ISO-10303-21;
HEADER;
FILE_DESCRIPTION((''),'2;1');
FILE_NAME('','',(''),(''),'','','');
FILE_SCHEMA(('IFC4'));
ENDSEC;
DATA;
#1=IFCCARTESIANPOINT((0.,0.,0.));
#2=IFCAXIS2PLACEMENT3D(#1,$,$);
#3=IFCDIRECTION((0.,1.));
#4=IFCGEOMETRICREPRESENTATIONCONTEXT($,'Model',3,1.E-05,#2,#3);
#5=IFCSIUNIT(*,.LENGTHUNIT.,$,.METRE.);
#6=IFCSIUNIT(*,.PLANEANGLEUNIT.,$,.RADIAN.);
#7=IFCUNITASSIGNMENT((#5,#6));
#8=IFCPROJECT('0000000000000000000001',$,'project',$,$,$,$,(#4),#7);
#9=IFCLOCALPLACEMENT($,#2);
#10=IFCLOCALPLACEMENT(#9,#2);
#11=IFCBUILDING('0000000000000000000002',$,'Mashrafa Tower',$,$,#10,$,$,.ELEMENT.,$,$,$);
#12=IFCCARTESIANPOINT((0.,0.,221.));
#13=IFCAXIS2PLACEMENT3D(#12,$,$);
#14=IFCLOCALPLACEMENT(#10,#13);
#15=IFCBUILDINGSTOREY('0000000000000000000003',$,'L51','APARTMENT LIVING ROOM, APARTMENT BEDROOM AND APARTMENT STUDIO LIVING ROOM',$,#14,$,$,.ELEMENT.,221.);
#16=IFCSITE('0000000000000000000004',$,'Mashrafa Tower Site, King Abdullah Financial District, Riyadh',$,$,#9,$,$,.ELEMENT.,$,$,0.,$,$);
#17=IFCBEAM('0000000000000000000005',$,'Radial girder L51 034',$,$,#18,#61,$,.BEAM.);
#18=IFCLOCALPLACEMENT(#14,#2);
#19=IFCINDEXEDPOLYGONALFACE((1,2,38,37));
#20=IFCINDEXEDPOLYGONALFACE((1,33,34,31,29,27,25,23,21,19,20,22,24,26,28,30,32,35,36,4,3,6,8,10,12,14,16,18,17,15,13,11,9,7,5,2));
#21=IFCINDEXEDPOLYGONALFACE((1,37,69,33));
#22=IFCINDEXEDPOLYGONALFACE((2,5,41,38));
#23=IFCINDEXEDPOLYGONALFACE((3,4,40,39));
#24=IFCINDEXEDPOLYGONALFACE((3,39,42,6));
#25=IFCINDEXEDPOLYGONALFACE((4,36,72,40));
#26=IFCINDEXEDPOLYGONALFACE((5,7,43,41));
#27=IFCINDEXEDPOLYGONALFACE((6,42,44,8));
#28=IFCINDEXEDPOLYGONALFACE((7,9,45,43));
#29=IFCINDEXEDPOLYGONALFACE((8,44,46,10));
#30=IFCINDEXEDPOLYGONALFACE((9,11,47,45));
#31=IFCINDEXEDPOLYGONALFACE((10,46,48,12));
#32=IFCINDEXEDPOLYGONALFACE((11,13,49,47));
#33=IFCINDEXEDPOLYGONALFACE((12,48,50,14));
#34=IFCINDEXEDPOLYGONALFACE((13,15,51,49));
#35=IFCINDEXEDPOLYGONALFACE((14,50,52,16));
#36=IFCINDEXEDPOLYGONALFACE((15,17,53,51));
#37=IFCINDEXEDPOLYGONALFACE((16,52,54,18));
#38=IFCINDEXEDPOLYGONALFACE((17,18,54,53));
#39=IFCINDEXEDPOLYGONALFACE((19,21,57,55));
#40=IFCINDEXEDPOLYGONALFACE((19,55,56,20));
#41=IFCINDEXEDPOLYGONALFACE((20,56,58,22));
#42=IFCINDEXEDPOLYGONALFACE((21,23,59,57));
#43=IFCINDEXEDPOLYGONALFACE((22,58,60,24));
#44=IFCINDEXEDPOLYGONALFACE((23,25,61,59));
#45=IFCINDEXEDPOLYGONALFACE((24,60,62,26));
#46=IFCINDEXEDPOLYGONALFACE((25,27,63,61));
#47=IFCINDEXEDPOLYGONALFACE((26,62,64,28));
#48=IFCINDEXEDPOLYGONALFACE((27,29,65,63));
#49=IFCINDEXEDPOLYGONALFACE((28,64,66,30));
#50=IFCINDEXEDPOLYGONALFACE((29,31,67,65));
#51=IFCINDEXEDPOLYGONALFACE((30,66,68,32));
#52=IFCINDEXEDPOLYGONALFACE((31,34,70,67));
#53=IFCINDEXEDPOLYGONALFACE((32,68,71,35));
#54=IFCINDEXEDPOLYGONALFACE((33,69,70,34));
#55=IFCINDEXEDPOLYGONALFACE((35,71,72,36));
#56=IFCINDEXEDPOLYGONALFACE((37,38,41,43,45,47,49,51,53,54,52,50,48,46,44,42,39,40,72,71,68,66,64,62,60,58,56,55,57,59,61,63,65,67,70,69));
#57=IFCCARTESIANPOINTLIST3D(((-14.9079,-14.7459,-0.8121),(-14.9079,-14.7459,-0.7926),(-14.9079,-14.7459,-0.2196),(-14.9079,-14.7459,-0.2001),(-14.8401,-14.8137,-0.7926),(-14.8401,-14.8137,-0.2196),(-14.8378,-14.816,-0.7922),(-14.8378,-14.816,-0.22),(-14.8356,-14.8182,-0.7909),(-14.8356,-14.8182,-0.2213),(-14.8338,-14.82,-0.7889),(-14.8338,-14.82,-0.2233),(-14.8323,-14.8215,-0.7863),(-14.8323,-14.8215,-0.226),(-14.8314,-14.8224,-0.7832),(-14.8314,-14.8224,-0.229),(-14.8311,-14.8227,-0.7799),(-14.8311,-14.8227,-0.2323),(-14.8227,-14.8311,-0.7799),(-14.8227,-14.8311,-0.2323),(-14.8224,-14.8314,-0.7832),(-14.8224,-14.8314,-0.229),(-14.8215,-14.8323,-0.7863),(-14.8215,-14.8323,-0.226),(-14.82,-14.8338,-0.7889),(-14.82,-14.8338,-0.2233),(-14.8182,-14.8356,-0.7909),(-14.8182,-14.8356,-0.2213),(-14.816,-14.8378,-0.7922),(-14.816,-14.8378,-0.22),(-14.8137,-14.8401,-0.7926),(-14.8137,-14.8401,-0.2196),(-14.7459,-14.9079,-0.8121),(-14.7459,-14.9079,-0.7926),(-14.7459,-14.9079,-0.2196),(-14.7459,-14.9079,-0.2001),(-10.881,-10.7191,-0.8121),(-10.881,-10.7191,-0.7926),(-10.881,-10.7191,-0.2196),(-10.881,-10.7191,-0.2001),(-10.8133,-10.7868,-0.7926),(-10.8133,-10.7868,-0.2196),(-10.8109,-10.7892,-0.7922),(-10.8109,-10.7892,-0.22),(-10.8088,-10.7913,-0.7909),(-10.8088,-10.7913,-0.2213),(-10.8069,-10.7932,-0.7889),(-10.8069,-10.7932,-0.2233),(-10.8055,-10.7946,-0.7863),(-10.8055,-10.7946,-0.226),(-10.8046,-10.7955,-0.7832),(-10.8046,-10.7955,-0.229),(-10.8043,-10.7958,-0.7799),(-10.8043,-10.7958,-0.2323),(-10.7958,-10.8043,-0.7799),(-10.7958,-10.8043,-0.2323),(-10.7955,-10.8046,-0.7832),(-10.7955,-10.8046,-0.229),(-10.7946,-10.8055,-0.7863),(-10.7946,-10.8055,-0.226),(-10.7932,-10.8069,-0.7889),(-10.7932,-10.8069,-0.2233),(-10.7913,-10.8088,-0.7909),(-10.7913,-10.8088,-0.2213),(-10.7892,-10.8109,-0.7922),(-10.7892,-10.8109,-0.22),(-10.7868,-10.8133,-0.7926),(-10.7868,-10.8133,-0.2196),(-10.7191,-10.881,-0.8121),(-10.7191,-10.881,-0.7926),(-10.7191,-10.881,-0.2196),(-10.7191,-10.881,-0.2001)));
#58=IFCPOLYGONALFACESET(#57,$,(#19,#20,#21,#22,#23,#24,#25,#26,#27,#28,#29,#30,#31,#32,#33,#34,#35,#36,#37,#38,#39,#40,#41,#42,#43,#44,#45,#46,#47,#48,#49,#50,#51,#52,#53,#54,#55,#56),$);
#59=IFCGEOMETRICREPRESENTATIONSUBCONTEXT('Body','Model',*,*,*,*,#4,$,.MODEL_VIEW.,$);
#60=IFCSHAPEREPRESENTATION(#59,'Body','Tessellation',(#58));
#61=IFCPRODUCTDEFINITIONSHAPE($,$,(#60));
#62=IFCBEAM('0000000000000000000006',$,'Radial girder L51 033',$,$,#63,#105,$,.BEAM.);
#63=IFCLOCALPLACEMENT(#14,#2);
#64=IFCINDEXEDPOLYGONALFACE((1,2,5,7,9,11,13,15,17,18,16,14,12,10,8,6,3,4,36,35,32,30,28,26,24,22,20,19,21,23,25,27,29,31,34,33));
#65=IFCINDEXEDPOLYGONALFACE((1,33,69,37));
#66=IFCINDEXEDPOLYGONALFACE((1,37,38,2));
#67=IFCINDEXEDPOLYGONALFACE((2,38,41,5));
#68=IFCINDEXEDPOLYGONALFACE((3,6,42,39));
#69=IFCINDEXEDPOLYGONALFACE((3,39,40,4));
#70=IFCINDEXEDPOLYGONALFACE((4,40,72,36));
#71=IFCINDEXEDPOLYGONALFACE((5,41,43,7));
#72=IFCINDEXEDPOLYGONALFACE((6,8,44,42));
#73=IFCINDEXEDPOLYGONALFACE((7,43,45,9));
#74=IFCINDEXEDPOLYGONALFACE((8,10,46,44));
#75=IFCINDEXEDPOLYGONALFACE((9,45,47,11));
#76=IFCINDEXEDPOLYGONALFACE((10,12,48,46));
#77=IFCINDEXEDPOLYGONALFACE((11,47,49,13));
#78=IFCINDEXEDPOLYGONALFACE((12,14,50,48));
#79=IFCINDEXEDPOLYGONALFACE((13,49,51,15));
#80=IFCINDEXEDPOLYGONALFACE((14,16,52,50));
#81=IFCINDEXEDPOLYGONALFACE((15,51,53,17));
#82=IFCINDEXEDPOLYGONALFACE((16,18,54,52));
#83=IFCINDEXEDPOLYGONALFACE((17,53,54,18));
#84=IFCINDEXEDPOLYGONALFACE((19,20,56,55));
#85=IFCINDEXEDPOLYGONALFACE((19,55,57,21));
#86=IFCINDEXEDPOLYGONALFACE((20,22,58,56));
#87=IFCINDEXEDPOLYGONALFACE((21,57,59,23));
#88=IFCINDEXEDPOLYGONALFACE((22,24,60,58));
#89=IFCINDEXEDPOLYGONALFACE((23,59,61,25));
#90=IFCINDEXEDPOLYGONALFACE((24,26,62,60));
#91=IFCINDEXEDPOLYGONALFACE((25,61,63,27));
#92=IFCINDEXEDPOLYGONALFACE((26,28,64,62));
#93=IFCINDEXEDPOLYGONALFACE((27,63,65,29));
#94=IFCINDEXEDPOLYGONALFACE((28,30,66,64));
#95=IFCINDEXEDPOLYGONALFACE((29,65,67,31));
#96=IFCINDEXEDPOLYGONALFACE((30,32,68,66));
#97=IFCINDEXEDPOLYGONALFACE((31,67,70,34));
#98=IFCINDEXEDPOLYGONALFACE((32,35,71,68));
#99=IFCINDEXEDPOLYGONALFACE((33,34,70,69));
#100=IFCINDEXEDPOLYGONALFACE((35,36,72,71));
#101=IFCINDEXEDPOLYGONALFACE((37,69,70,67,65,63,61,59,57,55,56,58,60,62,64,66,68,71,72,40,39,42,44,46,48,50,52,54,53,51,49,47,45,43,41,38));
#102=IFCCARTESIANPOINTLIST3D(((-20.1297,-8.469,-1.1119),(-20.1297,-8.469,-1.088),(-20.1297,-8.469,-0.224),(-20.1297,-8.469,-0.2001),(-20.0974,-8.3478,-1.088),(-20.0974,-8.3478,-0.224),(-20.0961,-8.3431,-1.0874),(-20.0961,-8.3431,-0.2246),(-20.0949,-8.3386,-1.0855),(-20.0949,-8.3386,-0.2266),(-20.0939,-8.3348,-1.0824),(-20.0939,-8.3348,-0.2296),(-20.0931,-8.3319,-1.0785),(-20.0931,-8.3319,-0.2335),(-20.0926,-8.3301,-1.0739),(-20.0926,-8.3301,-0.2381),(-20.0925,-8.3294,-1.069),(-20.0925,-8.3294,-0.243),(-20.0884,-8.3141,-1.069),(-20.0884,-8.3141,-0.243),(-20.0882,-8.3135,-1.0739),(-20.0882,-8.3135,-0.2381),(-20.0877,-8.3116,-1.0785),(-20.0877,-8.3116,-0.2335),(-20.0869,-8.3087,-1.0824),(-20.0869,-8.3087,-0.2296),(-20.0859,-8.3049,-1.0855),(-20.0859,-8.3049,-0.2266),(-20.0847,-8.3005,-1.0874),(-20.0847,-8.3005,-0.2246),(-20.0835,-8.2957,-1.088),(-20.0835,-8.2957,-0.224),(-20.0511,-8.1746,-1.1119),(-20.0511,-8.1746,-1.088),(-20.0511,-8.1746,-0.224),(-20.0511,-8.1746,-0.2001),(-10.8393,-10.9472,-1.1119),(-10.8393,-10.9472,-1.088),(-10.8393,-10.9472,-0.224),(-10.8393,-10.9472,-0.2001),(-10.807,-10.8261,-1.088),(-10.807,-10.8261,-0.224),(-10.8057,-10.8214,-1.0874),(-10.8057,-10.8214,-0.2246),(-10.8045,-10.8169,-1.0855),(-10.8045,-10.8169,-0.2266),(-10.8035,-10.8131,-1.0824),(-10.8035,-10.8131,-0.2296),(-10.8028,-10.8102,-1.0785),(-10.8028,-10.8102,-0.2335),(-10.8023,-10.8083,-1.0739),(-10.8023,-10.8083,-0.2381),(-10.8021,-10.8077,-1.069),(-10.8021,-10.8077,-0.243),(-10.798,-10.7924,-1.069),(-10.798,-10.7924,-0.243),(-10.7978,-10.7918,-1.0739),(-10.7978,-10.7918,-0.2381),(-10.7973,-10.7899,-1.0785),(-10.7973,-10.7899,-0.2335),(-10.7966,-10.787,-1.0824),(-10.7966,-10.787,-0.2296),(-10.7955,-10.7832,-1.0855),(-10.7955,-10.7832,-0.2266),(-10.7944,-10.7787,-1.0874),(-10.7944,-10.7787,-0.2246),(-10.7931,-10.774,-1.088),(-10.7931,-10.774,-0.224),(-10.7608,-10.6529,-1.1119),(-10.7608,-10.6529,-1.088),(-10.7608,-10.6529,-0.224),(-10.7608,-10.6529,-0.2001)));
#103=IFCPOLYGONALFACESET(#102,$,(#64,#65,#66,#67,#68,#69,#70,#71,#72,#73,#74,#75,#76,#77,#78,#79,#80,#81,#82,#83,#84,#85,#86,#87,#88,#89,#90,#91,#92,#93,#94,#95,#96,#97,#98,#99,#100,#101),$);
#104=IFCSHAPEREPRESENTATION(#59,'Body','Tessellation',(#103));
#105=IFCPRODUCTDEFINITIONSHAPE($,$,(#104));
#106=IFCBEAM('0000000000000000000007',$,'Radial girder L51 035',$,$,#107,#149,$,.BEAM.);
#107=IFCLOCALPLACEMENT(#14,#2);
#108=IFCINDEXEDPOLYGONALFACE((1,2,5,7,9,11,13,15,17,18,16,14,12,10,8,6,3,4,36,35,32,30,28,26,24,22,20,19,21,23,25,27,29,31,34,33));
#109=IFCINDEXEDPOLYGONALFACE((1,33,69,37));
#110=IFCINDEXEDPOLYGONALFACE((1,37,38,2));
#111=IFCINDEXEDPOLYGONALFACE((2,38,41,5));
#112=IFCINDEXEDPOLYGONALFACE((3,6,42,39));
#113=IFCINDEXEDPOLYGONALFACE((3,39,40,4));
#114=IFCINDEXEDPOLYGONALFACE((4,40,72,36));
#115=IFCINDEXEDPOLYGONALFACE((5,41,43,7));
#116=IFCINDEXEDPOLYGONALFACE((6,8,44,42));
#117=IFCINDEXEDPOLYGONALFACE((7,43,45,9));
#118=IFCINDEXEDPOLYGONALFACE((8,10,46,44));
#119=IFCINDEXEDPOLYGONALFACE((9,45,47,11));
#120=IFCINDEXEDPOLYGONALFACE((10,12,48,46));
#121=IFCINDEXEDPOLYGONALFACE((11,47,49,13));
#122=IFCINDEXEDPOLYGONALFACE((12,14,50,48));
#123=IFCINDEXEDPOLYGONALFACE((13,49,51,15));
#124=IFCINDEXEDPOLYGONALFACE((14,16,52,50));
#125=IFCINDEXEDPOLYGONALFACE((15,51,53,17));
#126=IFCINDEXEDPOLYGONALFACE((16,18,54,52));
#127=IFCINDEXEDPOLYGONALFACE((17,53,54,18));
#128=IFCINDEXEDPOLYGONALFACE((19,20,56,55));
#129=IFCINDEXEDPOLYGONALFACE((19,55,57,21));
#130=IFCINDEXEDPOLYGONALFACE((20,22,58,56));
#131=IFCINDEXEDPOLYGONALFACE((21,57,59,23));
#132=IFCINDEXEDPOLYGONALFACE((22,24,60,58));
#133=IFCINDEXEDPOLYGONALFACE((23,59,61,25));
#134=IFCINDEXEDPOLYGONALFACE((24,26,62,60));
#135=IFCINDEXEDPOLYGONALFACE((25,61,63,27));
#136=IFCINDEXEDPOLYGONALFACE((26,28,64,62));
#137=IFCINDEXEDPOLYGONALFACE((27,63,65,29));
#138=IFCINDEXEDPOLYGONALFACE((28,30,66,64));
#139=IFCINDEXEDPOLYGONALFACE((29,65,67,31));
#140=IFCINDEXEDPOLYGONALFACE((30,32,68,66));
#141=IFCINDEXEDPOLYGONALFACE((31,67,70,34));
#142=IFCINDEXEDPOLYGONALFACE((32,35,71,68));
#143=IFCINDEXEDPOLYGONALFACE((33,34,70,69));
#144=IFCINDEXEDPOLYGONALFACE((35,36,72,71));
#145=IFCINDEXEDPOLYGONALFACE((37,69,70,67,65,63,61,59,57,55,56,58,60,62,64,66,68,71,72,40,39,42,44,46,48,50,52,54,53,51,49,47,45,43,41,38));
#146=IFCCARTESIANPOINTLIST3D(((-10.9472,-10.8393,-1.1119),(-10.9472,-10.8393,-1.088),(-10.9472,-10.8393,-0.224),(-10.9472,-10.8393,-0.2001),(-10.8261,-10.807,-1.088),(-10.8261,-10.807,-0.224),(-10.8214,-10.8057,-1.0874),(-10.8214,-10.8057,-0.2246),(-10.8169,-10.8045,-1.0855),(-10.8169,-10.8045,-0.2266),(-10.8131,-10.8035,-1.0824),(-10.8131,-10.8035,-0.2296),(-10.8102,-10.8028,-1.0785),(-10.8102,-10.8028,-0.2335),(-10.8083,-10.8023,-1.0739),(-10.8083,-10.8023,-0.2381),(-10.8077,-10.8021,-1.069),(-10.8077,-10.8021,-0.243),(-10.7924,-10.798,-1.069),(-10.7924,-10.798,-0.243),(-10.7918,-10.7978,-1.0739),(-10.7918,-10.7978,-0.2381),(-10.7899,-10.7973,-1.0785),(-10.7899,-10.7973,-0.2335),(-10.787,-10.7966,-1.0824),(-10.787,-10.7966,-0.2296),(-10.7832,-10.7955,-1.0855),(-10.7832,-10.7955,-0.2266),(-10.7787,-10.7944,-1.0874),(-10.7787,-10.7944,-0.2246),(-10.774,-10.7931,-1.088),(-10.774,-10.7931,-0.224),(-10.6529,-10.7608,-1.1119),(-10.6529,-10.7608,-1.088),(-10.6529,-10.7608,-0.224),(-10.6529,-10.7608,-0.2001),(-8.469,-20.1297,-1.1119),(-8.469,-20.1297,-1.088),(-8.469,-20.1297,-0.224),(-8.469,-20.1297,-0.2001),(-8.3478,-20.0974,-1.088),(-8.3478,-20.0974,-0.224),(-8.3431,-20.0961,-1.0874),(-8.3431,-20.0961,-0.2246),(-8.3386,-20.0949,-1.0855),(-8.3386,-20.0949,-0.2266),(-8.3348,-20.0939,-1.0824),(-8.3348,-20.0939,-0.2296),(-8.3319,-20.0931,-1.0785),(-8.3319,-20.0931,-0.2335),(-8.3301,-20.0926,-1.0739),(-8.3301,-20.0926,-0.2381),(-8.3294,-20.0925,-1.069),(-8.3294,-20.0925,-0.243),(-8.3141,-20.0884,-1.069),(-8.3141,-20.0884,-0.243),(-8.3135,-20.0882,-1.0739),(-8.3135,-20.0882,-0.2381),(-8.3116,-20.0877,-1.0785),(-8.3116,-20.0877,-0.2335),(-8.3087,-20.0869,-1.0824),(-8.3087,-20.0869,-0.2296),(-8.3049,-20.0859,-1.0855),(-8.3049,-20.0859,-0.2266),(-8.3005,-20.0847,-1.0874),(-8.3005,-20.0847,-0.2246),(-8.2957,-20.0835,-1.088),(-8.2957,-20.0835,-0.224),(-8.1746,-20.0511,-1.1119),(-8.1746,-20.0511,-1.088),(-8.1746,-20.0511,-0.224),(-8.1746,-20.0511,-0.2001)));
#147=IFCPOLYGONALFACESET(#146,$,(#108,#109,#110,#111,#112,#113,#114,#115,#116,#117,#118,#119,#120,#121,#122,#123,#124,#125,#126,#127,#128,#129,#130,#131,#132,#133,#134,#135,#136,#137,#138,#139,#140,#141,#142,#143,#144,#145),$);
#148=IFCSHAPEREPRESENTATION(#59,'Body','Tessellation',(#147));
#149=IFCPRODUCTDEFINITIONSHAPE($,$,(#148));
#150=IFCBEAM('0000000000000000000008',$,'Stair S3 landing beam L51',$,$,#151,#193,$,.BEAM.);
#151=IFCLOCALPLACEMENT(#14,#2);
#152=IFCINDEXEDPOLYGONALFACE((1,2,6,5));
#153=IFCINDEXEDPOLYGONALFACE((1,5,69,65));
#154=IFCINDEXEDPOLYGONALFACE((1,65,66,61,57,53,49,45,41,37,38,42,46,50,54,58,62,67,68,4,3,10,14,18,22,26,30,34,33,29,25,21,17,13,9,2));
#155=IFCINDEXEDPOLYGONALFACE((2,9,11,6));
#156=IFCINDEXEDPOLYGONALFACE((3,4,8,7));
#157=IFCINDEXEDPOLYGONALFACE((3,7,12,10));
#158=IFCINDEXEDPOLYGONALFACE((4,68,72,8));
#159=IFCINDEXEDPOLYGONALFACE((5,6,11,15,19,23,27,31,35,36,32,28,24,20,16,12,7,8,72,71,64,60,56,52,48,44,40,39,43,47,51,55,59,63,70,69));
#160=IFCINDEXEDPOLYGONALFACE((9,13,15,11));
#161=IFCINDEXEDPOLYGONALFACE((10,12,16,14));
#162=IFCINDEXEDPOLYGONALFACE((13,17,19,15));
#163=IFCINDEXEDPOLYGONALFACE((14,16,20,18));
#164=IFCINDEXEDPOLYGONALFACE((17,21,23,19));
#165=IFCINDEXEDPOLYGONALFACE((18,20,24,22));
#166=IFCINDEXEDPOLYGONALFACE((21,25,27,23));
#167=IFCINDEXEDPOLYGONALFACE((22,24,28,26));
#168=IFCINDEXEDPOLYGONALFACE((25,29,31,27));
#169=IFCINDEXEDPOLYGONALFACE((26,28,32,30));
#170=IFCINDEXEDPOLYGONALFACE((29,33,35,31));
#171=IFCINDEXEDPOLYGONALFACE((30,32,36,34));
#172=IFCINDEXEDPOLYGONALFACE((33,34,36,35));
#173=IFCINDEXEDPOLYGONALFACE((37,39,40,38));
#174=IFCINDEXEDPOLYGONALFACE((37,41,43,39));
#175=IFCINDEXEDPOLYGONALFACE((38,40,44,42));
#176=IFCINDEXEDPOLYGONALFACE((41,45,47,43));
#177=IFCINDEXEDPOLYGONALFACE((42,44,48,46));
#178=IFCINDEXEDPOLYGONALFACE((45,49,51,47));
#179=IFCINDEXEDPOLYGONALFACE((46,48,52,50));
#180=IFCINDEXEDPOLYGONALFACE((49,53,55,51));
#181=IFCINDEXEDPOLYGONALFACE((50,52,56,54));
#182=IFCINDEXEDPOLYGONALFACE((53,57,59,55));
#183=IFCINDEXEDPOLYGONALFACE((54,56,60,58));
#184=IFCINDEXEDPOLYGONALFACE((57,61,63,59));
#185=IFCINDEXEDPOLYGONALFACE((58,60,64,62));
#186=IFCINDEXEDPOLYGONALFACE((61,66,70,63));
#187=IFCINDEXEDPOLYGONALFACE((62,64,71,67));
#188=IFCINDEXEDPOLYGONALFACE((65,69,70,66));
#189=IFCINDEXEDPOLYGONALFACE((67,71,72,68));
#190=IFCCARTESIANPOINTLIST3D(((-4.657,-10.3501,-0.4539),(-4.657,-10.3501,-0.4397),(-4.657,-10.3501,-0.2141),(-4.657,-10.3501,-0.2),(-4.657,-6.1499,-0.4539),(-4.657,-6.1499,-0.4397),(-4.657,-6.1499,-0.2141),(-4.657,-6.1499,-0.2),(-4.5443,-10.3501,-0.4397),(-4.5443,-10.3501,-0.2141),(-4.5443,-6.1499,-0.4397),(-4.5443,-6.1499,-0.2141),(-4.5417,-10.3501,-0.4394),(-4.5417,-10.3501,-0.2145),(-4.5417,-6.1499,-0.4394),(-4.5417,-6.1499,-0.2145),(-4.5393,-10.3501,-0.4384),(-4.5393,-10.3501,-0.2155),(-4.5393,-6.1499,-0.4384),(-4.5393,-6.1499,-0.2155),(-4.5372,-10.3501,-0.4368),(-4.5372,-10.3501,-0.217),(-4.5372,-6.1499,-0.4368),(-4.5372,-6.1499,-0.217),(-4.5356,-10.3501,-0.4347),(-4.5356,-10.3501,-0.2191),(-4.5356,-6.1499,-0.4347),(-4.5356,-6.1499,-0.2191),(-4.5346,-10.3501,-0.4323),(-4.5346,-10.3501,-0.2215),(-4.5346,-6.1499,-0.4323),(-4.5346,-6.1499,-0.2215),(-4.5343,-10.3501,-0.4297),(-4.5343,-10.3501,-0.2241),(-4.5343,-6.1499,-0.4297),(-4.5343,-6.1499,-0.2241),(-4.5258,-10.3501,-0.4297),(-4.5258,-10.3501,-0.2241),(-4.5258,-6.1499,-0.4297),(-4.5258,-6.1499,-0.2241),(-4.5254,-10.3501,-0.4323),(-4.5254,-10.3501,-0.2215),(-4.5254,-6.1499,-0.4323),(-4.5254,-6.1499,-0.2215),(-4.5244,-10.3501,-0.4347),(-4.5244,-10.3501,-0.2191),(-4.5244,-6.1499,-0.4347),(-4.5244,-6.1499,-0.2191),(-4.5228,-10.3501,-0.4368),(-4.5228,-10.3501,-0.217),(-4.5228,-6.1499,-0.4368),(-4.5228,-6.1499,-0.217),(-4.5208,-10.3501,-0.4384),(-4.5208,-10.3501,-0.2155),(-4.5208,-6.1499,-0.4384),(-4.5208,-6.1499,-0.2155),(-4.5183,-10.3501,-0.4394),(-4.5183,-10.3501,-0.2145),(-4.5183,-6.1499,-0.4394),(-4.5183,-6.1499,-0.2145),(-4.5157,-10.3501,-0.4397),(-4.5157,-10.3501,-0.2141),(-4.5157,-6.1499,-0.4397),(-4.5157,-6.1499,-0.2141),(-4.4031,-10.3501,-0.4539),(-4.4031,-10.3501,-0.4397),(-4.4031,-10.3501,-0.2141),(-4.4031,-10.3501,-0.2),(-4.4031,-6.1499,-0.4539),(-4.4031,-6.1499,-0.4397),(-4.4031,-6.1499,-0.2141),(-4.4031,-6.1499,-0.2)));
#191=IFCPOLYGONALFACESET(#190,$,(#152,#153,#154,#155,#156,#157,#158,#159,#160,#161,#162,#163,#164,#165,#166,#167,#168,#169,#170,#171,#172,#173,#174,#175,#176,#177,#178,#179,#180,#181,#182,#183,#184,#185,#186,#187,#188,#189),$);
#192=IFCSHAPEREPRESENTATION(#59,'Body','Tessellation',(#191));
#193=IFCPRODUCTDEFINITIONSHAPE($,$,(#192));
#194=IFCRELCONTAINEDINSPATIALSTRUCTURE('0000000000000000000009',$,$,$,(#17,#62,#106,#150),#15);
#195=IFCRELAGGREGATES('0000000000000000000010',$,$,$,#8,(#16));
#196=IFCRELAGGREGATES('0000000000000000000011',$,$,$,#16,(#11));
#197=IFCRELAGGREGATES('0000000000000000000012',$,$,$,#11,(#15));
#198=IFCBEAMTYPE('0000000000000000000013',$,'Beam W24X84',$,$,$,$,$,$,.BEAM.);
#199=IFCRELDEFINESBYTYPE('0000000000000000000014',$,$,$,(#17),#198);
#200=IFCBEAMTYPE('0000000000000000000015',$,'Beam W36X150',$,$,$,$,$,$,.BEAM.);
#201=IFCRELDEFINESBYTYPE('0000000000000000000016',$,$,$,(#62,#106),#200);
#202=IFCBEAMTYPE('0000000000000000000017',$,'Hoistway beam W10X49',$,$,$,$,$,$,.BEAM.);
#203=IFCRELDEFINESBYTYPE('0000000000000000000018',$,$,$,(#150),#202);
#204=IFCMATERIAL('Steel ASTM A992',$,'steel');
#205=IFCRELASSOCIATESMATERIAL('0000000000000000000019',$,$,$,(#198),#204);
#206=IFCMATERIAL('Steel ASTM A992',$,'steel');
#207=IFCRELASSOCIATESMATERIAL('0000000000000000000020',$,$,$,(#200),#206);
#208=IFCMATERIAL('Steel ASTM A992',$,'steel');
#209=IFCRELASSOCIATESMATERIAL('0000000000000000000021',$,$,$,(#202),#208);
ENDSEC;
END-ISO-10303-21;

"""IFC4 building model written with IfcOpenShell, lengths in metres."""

from ifc_helpers import new_model, si_unit, direction, frame, origin, origin_2d, place, context, subcontext, project, spatial, i_section, extrude, material, material_profile, profile_set, type_object, element, save


model = new_model("IFC4")

# Units and contexts
model_context = context("Model", 3, precision=1e-05, world=origin(), true_north=direction((0.0, 1.0)))
body_context = subcontext(model_context, "Body", "Model", "MODEL_VIEW")
ifc_project = project(units=[si_unit("LENGTHUNIT", "METRE"), si_unit("PLANEANGLEUNIT", "RADIAN")], contexts=[model_context])

# Site, building, storey
site_placement = place(None, origin())
site = spatial("IfcSite", under=ifc_project, at=site_placement, Name="Mashrafa Tower Site, King Abdullah Financial District, Riyadh", CompositionType="ELEMENT", RefElevation=0.0)
building_placement = place(site_placement, origin())
building = spatial("IfcBuilding", under=site, at=building_placement, Name="Mashrafa Tower", CompositionType="ELEMENT")
storey_placement = place(building_placement, frame((0.0, 0.0, 221.0)))
storey = spatial("IfcBuildingStorey", under=building, at=storey_placement, Name="L51", Description="APARTMENT LIVING ROOM, APARTMENT BEDROOM AND APARTMENT STUDIO LIVING ROOM", CompositionType="ELEMENT", Elevation=221.0)

# Beams
ifc_material_1 = material(Name="Steel ASTM A992", Category="steel")
ifc_material_profile_1 = material_profile(ifc_material_1, i_section(OverallWidth=0.229, OverallDepth=0.6121, WebThickness=0.012, FlangeThickness=0.0195, FilletRadius=0.0127, at=origin_2d()), Name="W24X84")
ifc_profile_set_1 = profile_set([ifc_material_profile_1], Name="Steel ASTM A992")
beam_type_1 = type_object("IfcBeamType", Name="Beam W24X84", PredefinedType="BEAM", material=ifc_profile_set_1)
beam_1_placement = place(storey_placement, frame((-10.8, -10.8, -0.5061), z_axis=(-0.707107, -0.707107, 0.0), x_axis=(0.707107, -0.707107, 0.0)))
element("IfcBeam", 1, at=beam_1_placement, inside=storey, type_object=beam_type_1, Name="Radial girder L51 034", PredefinedType="BEAM", context=body_context, shape_type="SweptSolid", body=[
    extrude(i_section(OverallWidth=0.229, OverallDepth=0.6121, WebThickness=0.012, FlangeThickness=0.0195, FilletRadius=0.0127, at=origin_2d()), origin(), (0.0, 0.0, 1.0), 5.6948),
])
ifc_material_2 = material(Name="Steel ASTM A992", Category="steel")
ifc_material_profile_2 = material_profile(ifc_material_2, i_section(OverallWidth=0.3047, OverallDepth=0.9119, WebThickness=0.0159, FlangeThickness=0.0239, FilletRadius=0.019, at=origin_2d()), Name="W36X150")
ifc_profile_set_2 = profile_set([ifc_material_profile_2], Name="Steel ASTM A992")
beam_type_2 = type_object("IfcBeamType", Name="Beam W36X150", PredefinedType="BEAM", material=ifc_profile_set_2)
for number, where, z_axis, x_axis, name in (
    (2, (-10.8, -10.8, -0.656), (-0.966213, 0.257746, 0.0), (-0.257746, -0.966213, 0.0), "Radial girder L51 033"),
    (3, (-10.8, -10.8, -0.656), (0.257746, -0.966213, 0.0), (0.966213, 0.257746, 0.0), "Radial girder L51 035"),
):
    element("IfcBeam", number, at=place(storey_placement, frame(where, z_axis=z_axis, x_axis=x_axis)), inside=storey, type_object=beam_type_2, Name=name, PredefinedType="BEAM", context=body_context, shape_type="SweptSolid", body=[
        extrude(i_section(OverallWidth=0.3047, OverallDepth=0.9119, WebThickness=0.0159, FlangeThickness=0.0239, FilletRadius=0.019, at=origin_2d()), origin(), (0.0, 0.0, 1.0), 9.6152),
    ])
ifc_material_3 = material(Name="Steel ASTM A992", Category="steel")
ifc_material_profile_3 = material_profile(ifc_material_3, i_section(OverallWidth=0.2539, OverallDepth=0.2539, WebThickness=0.0085, FlangeThickness=0.0142, FilletRadius=0.01, at=origin_2d()), Name="W10X49")
ifc_profile_set_3 = profile_set([ifc_material_profile_3], Name="Steel ASTM A992")
beam_type_3 = type_object("IfcBeamType", Name="Hoistway beam W10X49", PredefinedType="BEAM", material=ifc_profile_set_3)
beam_2_placement = place(storey_placement, frame((-4.53, -10.3501, -0.3269), z_axis=(0.0, 1.0, 0.0), x_axis=(-1.0, 0.0, 0.0)))
element("IfcBeam", 4, at=beam_2_placement, inside=storey, type_object=beam_type_3, Name="Stair S3 landing beam L51", PredefinedType="BEAM", context=body_context, shape_type="SweptSolid", body=[
    extrude(i_section(OverallWidth=0.2539, OverallDepth=0.2539, WebThickness=0.0085, FlangeThickness=0.0142, FilletRadius=0.01, at=origin_2d()), origin(), (0.0, 0.0, 1.0), 4.2002),
])

save(model, "model.ifc")
